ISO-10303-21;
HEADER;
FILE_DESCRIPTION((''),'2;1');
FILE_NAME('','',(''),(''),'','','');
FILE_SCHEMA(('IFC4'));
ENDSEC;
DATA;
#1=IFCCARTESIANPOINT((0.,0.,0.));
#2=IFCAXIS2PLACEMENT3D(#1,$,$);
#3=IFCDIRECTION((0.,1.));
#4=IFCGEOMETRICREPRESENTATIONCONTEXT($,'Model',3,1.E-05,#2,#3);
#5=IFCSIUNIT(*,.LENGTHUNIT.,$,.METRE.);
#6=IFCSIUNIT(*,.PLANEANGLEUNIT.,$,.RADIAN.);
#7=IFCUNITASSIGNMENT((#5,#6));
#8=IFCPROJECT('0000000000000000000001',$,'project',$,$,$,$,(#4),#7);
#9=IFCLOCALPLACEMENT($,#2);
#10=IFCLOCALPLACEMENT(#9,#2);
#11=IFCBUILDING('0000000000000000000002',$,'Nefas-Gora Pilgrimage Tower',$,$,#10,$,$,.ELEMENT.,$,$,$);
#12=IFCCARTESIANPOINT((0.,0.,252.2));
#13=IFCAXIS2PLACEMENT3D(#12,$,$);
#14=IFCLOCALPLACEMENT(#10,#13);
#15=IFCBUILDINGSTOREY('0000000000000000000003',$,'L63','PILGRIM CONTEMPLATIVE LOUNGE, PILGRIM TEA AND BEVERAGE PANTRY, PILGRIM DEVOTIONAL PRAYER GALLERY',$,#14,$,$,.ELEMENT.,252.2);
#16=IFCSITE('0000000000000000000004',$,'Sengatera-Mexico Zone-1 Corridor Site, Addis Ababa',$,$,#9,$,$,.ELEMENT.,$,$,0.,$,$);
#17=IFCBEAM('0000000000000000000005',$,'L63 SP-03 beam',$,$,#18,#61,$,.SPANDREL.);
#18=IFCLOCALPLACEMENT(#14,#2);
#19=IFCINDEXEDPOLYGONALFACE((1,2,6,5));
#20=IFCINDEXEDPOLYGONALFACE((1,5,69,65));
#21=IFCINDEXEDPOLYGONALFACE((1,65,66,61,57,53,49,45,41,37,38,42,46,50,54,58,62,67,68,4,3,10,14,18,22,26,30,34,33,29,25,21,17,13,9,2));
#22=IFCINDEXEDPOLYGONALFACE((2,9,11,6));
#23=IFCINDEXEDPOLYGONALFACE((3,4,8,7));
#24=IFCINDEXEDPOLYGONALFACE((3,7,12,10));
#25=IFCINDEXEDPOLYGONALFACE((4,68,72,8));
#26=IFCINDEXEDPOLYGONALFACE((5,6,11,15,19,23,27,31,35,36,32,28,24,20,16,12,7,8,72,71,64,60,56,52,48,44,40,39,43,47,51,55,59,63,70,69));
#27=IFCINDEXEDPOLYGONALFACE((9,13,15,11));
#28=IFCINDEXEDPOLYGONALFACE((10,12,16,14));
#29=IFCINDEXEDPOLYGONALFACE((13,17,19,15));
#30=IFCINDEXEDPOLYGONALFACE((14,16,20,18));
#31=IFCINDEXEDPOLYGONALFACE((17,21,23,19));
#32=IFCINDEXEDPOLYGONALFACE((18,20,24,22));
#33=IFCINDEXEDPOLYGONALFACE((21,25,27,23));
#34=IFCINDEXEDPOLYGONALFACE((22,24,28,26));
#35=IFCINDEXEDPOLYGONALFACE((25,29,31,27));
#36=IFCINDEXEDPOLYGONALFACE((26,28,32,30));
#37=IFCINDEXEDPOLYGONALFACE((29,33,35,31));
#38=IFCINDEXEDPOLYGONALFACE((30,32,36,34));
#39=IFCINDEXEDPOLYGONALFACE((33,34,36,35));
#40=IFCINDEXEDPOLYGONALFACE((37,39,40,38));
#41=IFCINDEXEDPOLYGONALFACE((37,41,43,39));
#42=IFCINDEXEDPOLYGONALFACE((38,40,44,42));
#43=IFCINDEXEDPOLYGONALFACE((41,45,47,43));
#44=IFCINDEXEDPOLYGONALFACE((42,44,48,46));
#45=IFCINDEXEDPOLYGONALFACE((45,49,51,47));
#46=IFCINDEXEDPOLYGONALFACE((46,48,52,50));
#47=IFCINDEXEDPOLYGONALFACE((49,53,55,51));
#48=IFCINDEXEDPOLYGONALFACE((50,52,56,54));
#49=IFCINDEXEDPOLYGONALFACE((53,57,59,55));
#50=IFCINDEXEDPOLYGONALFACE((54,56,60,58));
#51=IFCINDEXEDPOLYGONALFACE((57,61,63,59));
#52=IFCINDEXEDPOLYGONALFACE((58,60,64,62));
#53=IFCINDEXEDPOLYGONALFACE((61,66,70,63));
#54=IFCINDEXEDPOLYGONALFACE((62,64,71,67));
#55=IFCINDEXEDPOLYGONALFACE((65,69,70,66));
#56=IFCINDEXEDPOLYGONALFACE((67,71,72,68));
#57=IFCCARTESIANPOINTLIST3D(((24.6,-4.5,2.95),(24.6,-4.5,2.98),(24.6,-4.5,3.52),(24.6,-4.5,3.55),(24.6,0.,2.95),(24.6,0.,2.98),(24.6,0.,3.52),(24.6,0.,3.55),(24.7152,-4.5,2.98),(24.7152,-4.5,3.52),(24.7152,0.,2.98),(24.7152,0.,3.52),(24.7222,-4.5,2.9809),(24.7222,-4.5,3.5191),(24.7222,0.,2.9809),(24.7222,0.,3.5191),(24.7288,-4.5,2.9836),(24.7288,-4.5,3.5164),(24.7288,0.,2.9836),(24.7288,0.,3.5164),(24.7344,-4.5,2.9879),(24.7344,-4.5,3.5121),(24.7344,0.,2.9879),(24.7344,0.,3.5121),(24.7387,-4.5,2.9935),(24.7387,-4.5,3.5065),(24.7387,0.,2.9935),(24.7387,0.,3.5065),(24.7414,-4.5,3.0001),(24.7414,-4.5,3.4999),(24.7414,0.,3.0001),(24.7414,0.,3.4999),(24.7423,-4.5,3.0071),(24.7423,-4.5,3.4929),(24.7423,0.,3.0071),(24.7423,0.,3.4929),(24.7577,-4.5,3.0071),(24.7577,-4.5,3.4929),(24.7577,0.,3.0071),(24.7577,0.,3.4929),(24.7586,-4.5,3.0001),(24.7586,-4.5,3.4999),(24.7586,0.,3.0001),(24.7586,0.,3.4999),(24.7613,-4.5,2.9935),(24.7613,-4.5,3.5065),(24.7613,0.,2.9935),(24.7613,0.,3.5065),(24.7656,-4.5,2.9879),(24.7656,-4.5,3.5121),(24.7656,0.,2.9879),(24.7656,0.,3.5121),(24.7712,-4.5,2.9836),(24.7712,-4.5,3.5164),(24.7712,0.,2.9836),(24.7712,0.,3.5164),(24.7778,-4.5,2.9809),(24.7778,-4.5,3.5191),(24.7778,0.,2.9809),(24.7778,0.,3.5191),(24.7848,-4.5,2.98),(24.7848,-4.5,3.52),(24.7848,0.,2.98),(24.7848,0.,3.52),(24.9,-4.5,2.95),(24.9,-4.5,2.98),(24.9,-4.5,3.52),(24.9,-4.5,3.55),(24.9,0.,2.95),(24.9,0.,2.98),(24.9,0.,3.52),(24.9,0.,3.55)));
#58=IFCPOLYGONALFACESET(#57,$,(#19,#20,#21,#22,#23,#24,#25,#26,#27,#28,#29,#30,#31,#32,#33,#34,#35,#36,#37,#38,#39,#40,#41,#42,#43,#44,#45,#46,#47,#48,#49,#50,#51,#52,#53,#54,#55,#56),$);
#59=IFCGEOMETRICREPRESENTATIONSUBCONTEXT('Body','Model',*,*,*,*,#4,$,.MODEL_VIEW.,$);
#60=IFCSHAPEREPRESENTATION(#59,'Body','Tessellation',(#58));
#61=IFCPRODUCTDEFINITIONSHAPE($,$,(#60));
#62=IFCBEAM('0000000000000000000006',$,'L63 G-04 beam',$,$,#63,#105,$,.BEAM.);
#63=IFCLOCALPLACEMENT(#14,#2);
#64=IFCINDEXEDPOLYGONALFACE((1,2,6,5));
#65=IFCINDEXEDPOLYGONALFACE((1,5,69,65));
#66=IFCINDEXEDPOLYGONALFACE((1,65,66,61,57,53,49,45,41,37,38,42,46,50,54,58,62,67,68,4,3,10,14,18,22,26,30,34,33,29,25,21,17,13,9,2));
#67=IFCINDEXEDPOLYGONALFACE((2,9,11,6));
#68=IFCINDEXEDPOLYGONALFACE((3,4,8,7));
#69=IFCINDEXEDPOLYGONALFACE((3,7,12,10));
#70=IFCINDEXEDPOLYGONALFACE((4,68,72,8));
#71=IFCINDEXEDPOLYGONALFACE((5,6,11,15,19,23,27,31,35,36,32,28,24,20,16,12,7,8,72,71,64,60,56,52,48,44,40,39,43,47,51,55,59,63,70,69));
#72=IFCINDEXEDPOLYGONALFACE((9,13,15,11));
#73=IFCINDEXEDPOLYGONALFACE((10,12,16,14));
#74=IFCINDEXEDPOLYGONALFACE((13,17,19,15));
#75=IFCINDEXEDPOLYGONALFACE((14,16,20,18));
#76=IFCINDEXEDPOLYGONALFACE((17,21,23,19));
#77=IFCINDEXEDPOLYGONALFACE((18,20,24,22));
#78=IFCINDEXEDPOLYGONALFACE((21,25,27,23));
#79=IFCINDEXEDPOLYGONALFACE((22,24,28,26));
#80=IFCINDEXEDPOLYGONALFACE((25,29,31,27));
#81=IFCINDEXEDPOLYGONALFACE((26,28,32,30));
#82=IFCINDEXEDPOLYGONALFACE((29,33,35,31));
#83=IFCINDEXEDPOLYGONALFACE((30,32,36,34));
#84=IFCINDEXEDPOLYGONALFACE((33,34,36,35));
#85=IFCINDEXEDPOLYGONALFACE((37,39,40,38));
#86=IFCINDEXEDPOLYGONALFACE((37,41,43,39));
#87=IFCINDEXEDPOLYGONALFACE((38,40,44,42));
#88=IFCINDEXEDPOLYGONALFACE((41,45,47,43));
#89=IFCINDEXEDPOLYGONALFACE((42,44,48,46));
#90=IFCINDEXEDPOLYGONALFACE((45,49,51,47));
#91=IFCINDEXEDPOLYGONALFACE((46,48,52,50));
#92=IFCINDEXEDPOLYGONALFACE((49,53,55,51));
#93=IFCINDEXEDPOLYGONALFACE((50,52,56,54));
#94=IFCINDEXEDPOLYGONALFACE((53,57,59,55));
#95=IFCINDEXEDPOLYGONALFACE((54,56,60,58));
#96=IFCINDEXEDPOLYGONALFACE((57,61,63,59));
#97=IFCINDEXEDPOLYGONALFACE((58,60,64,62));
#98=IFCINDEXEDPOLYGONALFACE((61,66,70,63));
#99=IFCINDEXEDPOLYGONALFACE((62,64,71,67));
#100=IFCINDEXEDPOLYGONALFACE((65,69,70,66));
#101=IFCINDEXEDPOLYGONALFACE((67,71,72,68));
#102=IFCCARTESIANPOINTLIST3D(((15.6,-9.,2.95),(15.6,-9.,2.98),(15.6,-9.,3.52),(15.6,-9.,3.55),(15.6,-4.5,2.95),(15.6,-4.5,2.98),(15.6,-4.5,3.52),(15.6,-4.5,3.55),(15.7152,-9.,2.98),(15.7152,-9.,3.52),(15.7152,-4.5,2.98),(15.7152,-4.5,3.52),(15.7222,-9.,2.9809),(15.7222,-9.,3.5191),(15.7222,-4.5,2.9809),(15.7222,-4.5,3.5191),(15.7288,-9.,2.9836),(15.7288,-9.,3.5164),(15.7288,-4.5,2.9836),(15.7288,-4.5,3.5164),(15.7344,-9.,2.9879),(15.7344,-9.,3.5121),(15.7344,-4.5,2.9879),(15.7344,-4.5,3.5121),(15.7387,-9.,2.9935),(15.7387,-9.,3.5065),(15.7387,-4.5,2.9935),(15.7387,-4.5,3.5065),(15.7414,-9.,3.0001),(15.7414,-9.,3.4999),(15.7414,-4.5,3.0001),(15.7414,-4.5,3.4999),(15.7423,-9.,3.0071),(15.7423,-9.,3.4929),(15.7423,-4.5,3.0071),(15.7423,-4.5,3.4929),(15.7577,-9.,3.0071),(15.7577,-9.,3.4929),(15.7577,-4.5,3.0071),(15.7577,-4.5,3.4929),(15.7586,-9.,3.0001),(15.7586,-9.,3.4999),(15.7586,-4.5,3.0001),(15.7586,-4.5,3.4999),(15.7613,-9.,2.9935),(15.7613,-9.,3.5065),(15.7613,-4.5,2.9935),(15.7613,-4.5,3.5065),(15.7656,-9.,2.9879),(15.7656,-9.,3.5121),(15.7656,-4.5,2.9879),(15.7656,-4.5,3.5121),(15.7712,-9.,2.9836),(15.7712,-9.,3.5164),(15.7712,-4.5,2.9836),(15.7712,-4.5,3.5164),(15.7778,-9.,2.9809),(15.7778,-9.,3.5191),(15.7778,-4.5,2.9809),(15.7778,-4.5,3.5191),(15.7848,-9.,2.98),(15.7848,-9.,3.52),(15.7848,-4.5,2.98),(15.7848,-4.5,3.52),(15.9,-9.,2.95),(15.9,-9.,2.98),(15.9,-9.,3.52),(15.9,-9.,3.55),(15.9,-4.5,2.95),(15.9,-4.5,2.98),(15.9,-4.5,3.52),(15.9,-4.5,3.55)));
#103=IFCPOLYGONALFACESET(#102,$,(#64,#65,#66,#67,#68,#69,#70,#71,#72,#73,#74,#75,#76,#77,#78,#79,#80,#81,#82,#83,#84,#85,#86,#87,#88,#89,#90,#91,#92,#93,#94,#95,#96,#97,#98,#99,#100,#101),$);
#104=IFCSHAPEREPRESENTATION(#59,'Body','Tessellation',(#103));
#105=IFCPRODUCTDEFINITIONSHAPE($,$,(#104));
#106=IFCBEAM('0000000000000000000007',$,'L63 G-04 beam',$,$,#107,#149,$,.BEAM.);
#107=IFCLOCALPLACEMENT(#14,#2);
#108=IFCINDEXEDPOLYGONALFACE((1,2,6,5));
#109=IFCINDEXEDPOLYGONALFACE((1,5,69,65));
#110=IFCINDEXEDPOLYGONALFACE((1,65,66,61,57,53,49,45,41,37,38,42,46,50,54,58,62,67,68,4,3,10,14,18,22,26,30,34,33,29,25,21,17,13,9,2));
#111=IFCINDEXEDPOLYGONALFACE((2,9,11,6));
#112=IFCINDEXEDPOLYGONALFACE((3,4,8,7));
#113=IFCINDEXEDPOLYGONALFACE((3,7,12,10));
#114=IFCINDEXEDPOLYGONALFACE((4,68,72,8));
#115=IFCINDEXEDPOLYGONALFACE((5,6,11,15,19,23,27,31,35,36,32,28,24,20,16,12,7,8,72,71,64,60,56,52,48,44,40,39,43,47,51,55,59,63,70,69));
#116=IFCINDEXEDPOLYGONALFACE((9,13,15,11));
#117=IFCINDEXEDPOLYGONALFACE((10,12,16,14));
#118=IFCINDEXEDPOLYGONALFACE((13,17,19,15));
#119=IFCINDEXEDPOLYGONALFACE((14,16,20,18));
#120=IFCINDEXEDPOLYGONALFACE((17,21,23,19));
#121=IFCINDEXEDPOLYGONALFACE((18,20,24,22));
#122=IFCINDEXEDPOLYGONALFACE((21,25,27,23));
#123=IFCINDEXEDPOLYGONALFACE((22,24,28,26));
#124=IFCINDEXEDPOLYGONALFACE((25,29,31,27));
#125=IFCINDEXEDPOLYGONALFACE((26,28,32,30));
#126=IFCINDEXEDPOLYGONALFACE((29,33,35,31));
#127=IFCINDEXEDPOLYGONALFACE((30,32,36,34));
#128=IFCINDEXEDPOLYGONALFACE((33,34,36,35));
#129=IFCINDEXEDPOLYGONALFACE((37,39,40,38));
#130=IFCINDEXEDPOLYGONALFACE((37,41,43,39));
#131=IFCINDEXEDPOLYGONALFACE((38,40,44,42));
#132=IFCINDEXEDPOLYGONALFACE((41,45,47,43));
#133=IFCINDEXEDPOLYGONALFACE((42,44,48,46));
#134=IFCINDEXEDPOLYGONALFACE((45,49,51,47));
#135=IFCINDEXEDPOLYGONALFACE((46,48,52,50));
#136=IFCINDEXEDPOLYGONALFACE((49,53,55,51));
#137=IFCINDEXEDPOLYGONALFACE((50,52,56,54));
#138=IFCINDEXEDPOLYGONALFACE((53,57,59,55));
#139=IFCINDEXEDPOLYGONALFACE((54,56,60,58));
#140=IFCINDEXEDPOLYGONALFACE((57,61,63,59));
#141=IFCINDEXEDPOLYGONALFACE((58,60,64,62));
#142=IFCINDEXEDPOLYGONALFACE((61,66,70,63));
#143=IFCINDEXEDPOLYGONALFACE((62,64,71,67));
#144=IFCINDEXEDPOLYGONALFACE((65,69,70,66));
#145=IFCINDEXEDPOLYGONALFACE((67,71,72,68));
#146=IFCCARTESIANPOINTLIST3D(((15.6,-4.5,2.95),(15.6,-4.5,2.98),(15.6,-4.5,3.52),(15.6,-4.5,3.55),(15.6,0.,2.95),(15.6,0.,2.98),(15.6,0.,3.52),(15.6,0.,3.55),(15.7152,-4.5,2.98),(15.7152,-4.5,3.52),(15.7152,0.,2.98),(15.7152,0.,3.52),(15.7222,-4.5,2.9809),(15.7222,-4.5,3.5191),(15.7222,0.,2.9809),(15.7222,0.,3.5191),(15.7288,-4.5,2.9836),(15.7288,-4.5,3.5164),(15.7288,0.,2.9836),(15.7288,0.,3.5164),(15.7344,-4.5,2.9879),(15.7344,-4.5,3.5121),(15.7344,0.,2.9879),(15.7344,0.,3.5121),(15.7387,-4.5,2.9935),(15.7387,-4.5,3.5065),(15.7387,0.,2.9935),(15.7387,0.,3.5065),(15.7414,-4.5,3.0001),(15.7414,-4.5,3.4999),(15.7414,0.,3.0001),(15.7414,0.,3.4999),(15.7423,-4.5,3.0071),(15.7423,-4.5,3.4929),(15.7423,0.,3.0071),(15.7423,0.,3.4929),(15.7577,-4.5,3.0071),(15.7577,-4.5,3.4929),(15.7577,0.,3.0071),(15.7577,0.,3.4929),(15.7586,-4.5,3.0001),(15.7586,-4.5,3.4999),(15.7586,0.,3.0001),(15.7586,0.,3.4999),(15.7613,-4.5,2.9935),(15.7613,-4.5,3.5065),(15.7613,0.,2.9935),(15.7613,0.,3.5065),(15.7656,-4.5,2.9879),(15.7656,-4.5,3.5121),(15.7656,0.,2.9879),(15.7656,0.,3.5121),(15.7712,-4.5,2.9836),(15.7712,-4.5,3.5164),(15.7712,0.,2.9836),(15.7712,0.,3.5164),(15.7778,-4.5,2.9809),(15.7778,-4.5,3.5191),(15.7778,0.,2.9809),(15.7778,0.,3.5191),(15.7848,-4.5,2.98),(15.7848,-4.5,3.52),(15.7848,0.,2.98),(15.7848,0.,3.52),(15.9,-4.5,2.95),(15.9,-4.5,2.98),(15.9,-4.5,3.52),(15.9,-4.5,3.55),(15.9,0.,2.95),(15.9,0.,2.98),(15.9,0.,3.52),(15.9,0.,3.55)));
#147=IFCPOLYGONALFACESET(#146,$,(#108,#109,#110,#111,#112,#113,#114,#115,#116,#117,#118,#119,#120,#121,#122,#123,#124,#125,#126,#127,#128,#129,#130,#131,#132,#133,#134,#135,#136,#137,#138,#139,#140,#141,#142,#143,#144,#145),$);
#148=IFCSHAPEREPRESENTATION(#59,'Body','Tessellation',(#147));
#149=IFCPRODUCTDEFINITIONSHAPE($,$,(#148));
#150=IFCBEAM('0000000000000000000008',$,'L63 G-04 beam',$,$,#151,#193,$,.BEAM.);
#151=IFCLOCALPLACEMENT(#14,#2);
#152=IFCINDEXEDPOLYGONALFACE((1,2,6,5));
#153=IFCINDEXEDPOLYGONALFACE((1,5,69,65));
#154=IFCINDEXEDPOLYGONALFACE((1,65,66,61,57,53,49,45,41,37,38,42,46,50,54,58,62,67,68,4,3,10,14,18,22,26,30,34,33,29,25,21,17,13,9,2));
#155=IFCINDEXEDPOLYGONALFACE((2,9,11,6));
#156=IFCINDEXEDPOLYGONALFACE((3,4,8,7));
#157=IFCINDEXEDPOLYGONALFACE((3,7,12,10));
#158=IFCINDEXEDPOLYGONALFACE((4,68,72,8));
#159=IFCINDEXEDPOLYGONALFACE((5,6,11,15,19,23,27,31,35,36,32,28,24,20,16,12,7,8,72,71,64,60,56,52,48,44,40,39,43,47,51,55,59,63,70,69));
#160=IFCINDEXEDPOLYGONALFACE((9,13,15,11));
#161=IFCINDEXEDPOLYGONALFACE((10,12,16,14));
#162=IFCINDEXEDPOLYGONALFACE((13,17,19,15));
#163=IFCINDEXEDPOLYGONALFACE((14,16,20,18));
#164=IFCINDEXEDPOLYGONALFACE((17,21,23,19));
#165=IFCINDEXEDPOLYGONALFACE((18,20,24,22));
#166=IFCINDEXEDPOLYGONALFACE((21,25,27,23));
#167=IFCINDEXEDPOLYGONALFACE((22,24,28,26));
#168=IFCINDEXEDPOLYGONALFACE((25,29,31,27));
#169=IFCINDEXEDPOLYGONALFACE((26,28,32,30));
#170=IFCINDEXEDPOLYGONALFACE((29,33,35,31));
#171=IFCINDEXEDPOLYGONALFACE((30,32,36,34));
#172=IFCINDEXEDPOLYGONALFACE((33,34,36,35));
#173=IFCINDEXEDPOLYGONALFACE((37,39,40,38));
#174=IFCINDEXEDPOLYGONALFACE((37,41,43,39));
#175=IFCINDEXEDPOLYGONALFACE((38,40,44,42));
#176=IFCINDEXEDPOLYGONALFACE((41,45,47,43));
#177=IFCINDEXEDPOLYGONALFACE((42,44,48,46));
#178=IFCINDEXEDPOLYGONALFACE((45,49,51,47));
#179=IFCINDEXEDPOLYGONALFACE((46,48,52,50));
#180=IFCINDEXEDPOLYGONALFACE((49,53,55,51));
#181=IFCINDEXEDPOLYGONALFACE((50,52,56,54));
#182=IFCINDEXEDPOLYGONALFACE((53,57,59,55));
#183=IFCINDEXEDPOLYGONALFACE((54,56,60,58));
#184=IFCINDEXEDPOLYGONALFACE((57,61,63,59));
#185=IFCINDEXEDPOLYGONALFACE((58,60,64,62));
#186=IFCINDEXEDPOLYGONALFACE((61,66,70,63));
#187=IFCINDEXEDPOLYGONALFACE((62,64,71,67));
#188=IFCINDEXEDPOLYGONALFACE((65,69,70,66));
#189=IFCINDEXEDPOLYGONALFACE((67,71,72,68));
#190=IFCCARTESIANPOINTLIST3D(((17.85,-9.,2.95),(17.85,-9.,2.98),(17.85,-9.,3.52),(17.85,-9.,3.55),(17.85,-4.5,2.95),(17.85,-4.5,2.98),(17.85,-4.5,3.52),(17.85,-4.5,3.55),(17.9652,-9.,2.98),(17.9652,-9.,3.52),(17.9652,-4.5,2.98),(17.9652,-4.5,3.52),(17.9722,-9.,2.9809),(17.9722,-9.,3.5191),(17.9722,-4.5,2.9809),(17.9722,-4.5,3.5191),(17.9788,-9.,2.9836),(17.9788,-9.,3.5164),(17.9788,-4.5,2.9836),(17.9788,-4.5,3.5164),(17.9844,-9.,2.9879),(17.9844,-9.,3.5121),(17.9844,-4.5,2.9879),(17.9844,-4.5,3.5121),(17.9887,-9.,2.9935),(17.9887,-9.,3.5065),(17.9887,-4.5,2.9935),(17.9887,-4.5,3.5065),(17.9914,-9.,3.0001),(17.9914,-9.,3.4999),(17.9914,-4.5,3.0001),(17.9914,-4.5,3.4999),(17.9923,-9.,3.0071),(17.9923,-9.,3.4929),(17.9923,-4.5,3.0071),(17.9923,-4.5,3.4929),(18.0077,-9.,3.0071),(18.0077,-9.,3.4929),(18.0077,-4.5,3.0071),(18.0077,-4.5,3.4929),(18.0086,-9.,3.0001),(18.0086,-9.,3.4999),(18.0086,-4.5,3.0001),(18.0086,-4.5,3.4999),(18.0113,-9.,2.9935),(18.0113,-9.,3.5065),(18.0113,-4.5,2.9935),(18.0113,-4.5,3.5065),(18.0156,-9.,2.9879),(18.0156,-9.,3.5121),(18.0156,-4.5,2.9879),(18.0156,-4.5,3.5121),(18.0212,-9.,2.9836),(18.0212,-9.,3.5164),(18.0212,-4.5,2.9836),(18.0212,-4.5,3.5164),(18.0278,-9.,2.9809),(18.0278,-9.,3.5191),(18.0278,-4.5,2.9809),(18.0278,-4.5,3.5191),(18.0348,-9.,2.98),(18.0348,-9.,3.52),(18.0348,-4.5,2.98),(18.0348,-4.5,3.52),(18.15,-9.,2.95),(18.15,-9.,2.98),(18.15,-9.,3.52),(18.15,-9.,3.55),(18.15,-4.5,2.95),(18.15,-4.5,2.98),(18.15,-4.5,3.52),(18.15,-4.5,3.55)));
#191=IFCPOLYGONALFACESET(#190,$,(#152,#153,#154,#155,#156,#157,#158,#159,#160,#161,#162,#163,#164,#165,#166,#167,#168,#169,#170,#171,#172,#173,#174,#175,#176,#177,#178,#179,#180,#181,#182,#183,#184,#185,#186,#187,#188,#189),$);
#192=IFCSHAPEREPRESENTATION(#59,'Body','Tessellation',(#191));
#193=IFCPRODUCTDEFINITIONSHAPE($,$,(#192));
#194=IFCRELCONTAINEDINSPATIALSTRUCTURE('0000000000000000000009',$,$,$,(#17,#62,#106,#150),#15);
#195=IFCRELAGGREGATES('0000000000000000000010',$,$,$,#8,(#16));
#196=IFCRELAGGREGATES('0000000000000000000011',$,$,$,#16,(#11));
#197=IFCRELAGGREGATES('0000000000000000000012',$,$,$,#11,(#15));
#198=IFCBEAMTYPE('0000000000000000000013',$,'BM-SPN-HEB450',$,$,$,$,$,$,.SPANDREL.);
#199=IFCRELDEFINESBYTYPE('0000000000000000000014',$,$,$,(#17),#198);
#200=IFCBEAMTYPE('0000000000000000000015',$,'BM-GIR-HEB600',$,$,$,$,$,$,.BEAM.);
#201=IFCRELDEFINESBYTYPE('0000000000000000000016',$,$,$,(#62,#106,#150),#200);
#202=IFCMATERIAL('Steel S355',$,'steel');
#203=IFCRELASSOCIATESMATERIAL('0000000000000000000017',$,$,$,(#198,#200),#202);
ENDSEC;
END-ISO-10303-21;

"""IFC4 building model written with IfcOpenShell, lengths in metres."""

from ifc_helpers import new_model, si_unit, direction, frame, origin, origin_2d, place, context, subcontext, project, spatial, i_section, extrude, source, transform, mapped, material, material_profile, profile_set, type_object, element, save


model = new_model("IFC4")

# Units and contexts
model_context = context("Model", 3, precision=1e-05, world=origin(), true_north=direction((0.0, 1.0)))
body_context = subcontext(model_context, "Body", "Model", "MODEL_VIEW")
ifc_project = project(units=[si_unit("LENGTHUNIT", "METRE"), si_unit("PLANEANGLEUNIT", "RADIAN")], contexts=[model_context])

# Site, building, storey
site_placement = place(None, origin())
site = spatial("IfcSite", under=ifc_project, at=site_placement, Name="Sengatera-Mexico Zone-1 Corridor Site, Addis Ababa", CompositionType="ELEMENT", RefElevation=0.0)
building_placement = place(site_placement, origin())
building = spatial("IfcBuilding", under=site, at=building_placement, Name="Nefas-Gora Pilgrimage Tower", CompositionType="ELEMENT")
storey_placement = place(building_placement, frame((0.0, 0.0, 252.2)))
storey = spatial("IfcBuildingStorey", under=building, at=storey_placement, Name="L63", Description="PILGRIM CONTEMPLATIVE LOUNGE, PILGRIM TEA AND BEVERAGE PANTRY, PILGRIM DEVOTIONAL PRAYER GALLERY", CompositionType="ELEMENT", Elevation=252.2)

# Beams
ifc_material_1 = material(Name="Steel S355", Category="steel")
ifc_material_profile_1 = material_profile(ifc_material_1, i_section(OverallWidth=0.3, OverallDepth=0.6001, WebThickness=0.0154, FlangeThickness=0.03, FilletRadius=0.0271, at=origin_2d()), Name="HEB 600")
ifc_profile_set_1 = profile_set([ifc_material_profile_1], Name="Steel S355")
beam_type_1 = type_object("IfcBeamType", Name="BM-SPN-HEB450", PredefinedType="SPANDREL", material=ifc_profile_set_1)
shared_shape_1 = source(origin(), body_context, "Body", "SweptSolid", [
    extrude(i_section(OverallWidth=0.3, OverallDepth=0.6001, WebThickness=0.0154, FlangeThickness=0.03, FilletRadius=0.0271, at=origin_2d()), origin(), (0.0, 0.0, 1.0), 4.5),
])
for number, where, z_axis, x_axis, name in (
    (1, (24.75, -4.5, 3.25), (0.0, 1.0, 0.0), (-1.0, 0.0, 0.0), "L63 SP-03 beam"),
):
    element("IfcBeam", number, at=place(storey_placement, frame(where, z_axis=z_axis, x_axis=x_axis)), inside=storey, type_object=beam_type_1, Name=name, PredefinedType="SPANDREL", context=body_context, shape_type="MappedRepresentation", body=[
        mapped(shared_shape_1, transform((0.0, 0.0, 0.0), x_axis=(1.0, 0.0, 0.0), y_axis=(0.0, 1.0, 0.0), z_axis=(0.0, 0.0, 1.0), scale=1.0)),
    ])
ifc_material_profile_2 = material_profile(ifc_material_1, i_section(OverallWidth=0.3, OverallDepth=0.6001, WebThickness=0.0154, FlangeThickness=0.03, FilletRadius=0.0271, at=origin_2d()), Name="HEB 600")
ifc_profile_set_2 = profile_set([ifc_material_profile_2], Name="Steel S355")
beam_type_2 = type_object("IfcBeamType", Name="BM-GIR-HEB600", PredefinedType="BEAM", material=ifc_profile_set_2)
shared_shape_2 = source(origin(), body_context, "Body", "SweptSolid", [
    extrude(i_section(OverallWidth=0.3, OverallDepth=0.6001, WebThickness=0.0154, FlangeThickness=0.03, FilletRadius=0.0271, at=origin_2d()), origin(), (0.0, 0.0, 1.0), 4.5),
])
for number, where, z_axis, x_axis, name in (
    (2, (15.75, -9.0, 3.25), (0.0, 1.0, 0.0), (-1.0, 0.0, 0.0), "L63 G-04 beam"),
    (3, (15.75, -4.5, 3.25), (0.0, 1.0, 0.0), (-1.0, 0.0, 0.0), "L63 G-04 beam"),
    (4, (18.0, -9.0, 3.25), (0.0, 1.0, 0.0), (-1.0, 0.0, 0.0), "L63 G-04 beam"),
):
    element("IfcBeam", number, at=place(storey_placement, frame(where, z_axis=z_axis, x_axis=x_axis)), inside=storey, type_object=beam_type_2, Name=name, PredefinedType="BEAM", context=body_context, shape_type="MappedRepresentation", body=[
        mapped(shared_shape_2, transform((0.0, 0.0, 0.0), x_axis=(1.0, 0.0, 0.0), y_axis=(0.0, 1.0, 0.0), z_axis=(0.0, 0.0, 1.0), scale=1.0)),
    ])

save(model, "model.ifc")
